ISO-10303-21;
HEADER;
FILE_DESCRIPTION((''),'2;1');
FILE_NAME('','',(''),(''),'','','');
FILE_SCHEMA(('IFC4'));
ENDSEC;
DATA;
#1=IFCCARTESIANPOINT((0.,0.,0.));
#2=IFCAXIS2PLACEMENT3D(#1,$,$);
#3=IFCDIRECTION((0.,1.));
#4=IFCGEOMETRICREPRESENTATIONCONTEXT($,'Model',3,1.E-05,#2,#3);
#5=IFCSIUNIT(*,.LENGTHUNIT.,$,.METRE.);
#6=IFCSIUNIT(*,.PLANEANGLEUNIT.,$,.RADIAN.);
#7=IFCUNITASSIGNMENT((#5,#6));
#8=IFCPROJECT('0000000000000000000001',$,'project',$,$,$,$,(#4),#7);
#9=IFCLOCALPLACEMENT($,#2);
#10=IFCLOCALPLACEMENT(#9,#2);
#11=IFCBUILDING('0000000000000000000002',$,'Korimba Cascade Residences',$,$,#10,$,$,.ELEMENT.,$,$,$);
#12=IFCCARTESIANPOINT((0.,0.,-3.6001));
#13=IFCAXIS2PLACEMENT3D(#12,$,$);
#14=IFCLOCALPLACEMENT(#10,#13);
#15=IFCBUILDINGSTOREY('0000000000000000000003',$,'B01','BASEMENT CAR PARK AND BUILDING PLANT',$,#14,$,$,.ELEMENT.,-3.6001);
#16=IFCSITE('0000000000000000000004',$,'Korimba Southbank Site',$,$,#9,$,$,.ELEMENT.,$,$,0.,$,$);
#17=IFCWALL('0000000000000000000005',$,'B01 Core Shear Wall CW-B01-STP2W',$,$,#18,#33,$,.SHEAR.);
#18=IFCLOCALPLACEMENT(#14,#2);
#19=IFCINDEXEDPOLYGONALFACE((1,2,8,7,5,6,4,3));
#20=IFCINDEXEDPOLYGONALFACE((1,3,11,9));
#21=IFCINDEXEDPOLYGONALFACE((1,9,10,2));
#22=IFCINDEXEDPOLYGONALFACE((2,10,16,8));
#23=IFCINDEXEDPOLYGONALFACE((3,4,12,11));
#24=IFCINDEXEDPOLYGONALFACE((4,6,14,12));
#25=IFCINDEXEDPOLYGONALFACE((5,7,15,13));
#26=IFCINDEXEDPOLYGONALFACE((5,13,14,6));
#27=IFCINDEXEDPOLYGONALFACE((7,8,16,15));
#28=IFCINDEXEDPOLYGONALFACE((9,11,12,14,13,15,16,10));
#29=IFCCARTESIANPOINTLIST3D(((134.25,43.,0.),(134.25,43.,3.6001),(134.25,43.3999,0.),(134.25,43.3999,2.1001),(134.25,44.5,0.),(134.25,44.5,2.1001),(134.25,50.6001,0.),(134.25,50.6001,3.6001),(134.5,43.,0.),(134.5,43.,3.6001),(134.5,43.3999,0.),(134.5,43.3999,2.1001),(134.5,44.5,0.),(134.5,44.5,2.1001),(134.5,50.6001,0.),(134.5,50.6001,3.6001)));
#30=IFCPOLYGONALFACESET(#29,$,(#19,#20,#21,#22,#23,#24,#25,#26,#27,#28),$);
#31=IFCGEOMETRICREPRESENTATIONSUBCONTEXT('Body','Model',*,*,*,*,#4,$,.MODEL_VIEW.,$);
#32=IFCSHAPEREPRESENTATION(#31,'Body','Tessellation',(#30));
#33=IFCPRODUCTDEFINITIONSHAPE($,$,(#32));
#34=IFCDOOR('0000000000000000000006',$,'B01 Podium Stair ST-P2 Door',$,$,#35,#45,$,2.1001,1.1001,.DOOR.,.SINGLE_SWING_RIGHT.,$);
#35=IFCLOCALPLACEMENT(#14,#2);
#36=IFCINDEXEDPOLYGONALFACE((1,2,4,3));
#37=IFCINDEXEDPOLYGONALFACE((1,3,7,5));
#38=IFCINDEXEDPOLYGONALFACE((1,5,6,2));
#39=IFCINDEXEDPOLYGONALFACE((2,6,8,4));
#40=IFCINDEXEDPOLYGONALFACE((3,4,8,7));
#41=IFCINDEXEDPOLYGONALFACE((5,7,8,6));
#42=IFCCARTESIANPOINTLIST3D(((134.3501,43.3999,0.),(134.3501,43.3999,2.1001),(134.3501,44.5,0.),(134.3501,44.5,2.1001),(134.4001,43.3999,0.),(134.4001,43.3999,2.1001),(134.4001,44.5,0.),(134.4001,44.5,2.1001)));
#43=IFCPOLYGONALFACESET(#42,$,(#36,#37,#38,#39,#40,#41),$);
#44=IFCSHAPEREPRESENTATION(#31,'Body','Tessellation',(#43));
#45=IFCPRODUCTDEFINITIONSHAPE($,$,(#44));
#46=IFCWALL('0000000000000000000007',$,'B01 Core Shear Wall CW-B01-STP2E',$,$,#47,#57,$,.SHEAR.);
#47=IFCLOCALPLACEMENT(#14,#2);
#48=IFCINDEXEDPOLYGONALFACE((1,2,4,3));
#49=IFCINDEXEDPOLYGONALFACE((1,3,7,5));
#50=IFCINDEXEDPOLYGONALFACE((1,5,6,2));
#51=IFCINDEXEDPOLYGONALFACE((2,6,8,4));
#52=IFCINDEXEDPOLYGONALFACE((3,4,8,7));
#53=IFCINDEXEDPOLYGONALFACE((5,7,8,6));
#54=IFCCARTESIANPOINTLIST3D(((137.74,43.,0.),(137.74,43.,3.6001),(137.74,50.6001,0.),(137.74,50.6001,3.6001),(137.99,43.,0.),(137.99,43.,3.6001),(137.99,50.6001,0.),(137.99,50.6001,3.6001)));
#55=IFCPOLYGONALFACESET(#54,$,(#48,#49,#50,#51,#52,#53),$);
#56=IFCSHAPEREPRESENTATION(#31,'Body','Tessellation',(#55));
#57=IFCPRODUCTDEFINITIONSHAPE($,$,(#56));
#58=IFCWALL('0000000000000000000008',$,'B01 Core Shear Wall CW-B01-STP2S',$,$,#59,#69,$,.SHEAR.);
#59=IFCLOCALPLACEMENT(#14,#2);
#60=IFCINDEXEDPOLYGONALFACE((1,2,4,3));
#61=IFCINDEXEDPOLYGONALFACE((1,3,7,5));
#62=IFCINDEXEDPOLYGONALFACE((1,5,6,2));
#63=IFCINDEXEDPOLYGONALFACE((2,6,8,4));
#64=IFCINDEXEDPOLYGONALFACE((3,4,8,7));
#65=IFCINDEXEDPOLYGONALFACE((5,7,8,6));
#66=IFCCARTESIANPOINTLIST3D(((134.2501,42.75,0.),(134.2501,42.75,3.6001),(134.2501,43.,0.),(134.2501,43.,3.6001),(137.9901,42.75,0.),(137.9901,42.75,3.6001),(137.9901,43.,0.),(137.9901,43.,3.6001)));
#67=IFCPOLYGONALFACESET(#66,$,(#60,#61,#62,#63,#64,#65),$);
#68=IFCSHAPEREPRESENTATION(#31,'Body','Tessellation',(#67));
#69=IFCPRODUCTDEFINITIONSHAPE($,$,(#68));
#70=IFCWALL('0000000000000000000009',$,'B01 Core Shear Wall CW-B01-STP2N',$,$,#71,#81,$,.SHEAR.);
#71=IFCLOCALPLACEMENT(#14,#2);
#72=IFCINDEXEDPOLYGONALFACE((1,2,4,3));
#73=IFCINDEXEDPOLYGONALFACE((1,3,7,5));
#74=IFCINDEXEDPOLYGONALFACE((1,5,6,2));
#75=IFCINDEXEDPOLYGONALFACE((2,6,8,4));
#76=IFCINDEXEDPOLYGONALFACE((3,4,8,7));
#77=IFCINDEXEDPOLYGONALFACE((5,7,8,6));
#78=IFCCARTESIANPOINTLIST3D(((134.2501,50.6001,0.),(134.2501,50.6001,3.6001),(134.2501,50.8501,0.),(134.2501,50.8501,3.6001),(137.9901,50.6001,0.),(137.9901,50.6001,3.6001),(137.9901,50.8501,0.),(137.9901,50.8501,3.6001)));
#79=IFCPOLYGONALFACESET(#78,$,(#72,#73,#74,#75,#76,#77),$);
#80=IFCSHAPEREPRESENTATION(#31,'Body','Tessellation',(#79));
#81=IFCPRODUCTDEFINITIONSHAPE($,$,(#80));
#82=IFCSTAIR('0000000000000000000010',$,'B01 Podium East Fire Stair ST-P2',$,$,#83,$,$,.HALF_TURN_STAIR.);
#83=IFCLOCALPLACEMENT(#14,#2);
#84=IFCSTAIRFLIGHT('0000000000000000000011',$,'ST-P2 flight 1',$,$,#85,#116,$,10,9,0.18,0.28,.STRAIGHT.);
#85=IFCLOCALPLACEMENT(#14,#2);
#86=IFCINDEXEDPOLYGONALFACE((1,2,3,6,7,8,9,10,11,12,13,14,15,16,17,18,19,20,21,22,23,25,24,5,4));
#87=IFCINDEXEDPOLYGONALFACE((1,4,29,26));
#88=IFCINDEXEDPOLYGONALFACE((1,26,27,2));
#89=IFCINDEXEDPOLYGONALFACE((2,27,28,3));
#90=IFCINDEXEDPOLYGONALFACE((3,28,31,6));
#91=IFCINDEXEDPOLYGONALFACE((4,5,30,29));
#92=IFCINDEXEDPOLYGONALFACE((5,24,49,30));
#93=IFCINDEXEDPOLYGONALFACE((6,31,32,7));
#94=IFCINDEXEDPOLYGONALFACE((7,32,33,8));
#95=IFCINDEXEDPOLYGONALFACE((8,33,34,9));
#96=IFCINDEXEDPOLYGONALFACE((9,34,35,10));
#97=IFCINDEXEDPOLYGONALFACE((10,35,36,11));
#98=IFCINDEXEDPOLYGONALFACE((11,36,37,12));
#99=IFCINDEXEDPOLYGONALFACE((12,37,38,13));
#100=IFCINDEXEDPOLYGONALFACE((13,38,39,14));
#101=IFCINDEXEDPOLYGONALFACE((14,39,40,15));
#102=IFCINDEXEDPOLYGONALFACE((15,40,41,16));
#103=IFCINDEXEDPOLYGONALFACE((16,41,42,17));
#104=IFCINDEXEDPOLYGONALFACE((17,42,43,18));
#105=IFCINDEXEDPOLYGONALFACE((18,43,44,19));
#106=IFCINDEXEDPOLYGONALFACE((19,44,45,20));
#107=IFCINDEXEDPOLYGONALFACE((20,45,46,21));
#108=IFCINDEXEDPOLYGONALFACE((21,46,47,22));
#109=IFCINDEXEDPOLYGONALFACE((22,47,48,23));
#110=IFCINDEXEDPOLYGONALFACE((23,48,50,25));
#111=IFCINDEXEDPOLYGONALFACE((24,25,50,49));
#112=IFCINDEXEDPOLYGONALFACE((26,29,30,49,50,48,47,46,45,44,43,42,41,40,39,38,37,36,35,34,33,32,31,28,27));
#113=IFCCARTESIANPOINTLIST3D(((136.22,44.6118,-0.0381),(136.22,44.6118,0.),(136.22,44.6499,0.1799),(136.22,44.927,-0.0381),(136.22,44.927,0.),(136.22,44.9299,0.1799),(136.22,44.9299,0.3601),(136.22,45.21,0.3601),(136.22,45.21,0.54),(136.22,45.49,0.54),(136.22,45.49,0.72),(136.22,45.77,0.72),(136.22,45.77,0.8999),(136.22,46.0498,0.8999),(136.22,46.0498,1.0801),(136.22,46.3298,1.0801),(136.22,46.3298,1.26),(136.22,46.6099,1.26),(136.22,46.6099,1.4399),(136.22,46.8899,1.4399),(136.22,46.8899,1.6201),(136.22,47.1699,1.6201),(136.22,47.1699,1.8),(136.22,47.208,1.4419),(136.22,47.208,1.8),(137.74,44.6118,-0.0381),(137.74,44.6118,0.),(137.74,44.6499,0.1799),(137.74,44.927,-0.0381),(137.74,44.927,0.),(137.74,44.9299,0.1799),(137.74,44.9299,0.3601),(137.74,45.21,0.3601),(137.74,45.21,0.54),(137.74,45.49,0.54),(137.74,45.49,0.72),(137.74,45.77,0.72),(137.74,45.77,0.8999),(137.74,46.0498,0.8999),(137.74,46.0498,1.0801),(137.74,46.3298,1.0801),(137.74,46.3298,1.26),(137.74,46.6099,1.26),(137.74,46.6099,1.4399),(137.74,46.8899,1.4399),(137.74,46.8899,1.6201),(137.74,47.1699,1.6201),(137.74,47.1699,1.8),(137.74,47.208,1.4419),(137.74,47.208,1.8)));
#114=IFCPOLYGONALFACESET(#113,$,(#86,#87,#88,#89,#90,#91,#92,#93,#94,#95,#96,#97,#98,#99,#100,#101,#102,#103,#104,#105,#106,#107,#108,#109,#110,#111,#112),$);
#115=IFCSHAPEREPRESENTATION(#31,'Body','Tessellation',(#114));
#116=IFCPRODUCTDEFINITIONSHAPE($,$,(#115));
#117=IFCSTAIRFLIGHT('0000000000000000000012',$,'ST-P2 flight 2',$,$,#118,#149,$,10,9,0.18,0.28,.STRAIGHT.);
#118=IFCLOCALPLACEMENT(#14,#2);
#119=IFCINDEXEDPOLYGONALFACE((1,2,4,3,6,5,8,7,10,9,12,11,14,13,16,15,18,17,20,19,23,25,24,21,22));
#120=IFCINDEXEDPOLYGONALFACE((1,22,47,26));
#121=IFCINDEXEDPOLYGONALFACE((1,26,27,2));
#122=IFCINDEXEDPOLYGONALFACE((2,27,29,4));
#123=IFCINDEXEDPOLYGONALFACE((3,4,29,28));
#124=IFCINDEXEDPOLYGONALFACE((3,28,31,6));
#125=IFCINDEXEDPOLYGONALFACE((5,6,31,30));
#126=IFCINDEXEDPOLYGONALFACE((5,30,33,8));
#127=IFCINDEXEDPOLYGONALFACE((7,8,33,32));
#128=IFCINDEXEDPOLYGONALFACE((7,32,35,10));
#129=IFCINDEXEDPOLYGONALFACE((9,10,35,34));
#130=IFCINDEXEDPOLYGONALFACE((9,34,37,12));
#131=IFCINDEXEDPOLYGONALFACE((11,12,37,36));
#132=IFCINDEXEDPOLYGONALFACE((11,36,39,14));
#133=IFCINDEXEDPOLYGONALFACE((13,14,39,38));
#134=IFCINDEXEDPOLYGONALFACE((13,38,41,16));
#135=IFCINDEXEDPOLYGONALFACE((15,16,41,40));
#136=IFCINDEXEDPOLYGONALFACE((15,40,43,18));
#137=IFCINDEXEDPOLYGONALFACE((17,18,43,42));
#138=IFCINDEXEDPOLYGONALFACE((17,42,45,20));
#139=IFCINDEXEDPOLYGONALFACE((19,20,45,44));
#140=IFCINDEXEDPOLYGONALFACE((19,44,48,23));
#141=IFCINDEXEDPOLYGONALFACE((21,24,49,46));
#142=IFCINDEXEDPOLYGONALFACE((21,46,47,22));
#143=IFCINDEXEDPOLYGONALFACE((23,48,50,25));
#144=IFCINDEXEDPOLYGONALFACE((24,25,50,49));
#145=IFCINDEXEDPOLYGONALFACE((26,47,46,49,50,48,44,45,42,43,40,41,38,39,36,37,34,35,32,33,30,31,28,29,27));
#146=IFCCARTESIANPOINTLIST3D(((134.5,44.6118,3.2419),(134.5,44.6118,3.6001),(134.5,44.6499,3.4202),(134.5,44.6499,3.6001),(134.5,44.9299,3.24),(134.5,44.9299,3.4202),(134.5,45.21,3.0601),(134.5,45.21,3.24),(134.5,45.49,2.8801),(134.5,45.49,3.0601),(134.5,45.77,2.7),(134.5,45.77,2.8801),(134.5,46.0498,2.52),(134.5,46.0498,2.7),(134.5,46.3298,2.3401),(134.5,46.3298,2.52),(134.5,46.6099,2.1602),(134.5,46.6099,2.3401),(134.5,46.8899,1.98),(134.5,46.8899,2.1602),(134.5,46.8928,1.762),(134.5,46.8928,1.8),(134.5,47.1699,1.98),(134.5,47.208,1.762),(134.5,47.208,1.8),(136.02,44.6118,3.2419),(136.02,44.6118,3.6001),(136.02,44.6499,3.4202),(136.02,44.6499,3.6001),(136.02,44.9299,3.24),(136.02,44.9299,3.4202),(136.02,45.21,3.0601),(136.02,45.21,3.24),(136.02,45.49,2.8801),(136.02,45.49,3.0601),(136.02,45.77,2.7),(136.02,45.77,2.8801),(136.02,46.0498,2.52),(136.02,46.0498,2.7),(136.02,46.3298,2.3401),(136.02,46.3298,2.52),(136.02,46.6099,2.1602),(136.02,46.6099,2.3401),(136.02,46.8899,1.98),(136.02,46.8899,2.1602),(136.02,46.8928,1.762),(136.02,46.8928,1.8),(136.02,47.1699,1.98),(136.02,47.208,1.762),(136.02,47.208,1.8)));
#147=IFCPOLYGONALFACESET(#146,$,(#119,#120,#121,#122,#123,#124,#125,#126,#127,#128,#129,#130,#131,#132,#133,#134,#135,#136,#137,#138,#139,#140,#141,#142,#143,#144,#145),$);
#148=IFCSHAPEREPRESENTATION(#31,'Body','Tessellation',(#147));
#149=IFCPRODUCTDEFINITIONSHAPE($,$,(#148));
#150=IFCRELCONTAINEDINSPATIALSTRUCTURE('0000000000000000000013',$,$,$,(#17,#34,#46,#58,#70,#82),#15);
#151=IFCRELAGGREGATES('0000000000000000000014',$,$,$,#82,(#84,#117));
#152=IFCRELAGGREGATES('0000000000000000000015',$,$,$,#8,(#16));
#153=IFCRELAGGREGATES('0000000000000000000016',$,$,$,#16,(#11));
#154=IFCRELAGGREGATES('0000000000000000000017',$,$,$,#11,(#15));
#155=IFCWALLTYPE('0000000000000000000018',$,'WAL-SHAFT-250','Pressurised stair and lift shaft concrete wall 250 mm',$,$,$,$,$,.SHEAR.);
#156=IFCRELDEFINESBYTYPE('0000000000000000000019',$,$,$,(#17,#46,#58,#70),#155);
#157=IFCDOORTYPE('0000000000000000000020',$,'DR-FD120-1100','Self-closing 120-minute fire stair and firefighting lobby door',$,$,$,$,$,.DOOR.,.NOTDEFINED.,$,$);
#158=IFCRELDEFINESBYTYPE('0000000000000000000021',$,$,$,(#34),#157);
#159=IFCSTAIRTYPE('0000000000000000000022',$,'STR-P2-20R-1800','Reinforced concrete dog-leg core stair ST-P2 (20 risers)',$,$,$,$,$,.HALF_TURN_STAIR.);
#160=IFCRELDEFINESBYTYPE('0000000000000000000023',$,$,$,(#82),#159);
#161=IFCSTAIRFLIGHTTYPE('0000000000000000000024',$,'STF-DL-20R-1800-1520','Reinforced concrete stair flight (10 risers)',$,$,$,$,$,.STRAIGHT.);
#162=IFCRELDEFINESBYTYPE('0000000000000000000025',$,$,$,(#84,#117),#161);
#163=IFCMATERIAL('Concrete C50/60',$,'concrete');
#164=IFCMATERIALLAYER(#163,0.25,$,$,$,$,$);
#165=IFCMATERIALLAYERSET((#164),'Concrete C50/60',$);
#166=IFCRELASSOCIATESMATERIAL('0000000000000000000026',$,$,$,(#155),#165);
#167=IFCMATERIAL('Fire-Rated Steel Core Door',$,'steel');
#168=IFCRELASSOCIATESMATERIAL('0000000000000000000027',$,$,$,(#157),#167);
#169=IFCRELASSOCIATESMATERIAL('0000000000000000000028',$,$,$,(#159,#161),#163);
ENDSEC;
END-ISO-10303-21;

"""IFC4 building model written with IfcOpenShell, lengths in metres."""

from ifc_helpers import new_model, si_unit, direction, frame, frame_2d, origin, place, context, subcontext, project, spatial, polyline, rectangle, outline, extrude, material, layer, layer_set, type_object, element, fill, aggregate, save


model = new_model("IFC4")

# Units and contexts
model_context = context("Model", 3, precision=1e-05, world=origin(), true_north=direction((0.0, 1.0)))
body_context = subcontext(model_context, "Body", "Model", "MODEL_VIEW")
ifc_project = project(units=[si_unit("LENGTHUNIT", "METRE"), si_unit("PLANEANGLEUNIT", "RADIAN")], contexts=[model_context])

# Site, building, storey
site_placement = place(None, origin())
site = spatial("IfcSite", under=ifc_project, at=site_placement, Name="Korimba Southbank Site", CompositionType="ELEMENT", RefElevation=0.0)
building_placement = place(site_placement, origin())
building = spatial("IfcBuilding", under=site, at=building_placement, Name="Korimba Cascade Residences", CompositionType="ELEMENT")
storey_placement = place(building_placement, frame((0.0, 0.0, -3.6001)))
storey = spatial("IfcBuildingStorey", under=building, at=storey_placement, Name="B01", Description="BASEMENT CAR PARK AND BUILDING PLANT", CompositionType="ELEMENT", Elevation=-3.6001)

# Shared definitions
ifc_material_1 = material(Name="Concrete C50/60", Category="concrete")

# Wall, opening, door
ifc_layer_1 = layer(ifc_material_1, 0.25)
ifc_layer_set_1 = layer_set([ifc_layer_1], Name="Concrete C50/60")
wall_type_1 = type_object("IfcWallType", Name="WAL-SHAFT-250", Description="Pressurised stair and lift shaft concrete wall 250 mm", PredefinedType="SHEAR", material=ifc_layer_set_1)
wall_1_placement = place(storey_placement, frame((134.375, 43.0, 0.0), z_axis=(0.0, 0.0, 1.0), x_axis=(0.0, 1.0, 0.0)))
wall_1 = element("IfcWall", 1, at=wall_1_placement, inside=storey, type_object=wall_type_1, Name="B01 Core Shear Wall CW-B01-STP2W", PredefinedType="SHEAR", context=body_context, shape_type="SweptSolid", body=[
    extrude(rectangle(XDim=7.6001, YDim=0.25, at=frame_2d((3.8, 0.0))), origin(), (0.0, 0.0, 1.0), 3.6001),
])
opening_1_placement = place(wall_1_placement, frame((0.3999, 0.0, 0.0)))
opening_1 = element("IfcOpeningElement", 2, at=opening_1_placement, cuts=wall_1, PredefinedType="OPENING", context=body_context, shape_type="SweptSolid", body=[
    extrude(rectangle(XDim=1.1001, YDim=2.1001, at=frame_2d((0.55, 1.05))), frame((0.0, 0.135, 0.0), z_axis=(0.0, -1.0, 0.0), x_axis=(1.0, 0.0, 0.0)), (0.0, 0.0, 1.0), 0.27),
])
ifc_material_2 = material(Name="Fire-Rated Steel Core Door", Category="steel")
door_type_1 = type_object("IfcDoorType", Name="DR-FD120-1100", Description="Self-closing 120-minute fire stair and firefighting lobby door", OperationType="NOTDEFINED", PredefinedType="DOOR", material=ifc_material_2)
door_1_placement = place(opening_1_placement, origin())
door_1 = element("IfcDoor", 3, at=door_1_placement, inside=storey, type_object=door_type_1, Name="B01 Podium Stair ST-P2 Door", OperationType="SINGLE_SWING_RIGHT", OverallHeight=2.1001, OverallWidth=1.1001, PredefinedType="DOOR", context=body_context, shape_type="SweptSolid", body=[
    extrude(rectangle(XDim=1.1001, YDim=2.1001, at=frame_2d((0.55, 1.05))), frame((0.0, 0.0249, 0.0), z_axis=(0.0, -1.0, 0.0), x_axis=(1.0, 0.0, 0.0)), (0.0, 0.0, 1.0), 0.05),
])
fill(opening_1, door_1)

# Walls
wall_2_placement = place(storey_placement, frame((137.865, 43.0, 0.0), z_axis=(0.0, 0.0, 1.0), x_axis=(0.0, 1.0, 0.0)))
element("IfcWall", 4, at=wall_2_placement, inside=storey, type_object=wall_type_1, Name="B01 Core Shear Wall CW-B01-STP2E", PredefinedType="SHEAR", context=body_context, shape_type="SweptSolid", body=[
    extrude(rectangle(XDim=7.6001, YDim=0.25, at=frame_2d((3.8, 0.0))), origin(), (0.0, 0.0, 1.0), 3.6001),
])
for number, where, z_axis, x_axis, name in (
    (5, (134.25, 42.875, 0.0), (0.0, 0.0, 1.0), (1.0, 0.0, 0.0), "B01 Core Shear Wall CW-B01-STP2S"),
    (6, (134.25, 50.7251, 0.0), (0.0, 0.0, 1.0), (1.0, 0.0, 0.0), "B01 Core Shear Wall CW-B01-STP2N"),
):
    element("IfcWall", number, at=place(storey_placement, frame(where, z_axis=z_axis, x_axis=x_axis)), inside=storey, type_object=wall_type_1, Name=name, PredefinedType="SHEAR", context=body_context, shape_type="SweptSolid", body=[
        extrude(rectangle(XDim=3.74, YDim=0.25, at=frame_2d((1.8701, 0.0))), origin(), (0.0, 0.0, 1.0), 3.6001),
    ])

# Stair, stair flights
stair_type = type_object("IfcStairType", Name="STR-P2-20R-1800", Description="Reinforced concrete dog-leg core stair ST-P2 (20 risers)", PredefinedType="HALF_TURN_STAIR", material=ifc_material_1)
stair_placement = place(storey_placement, origin())
stair = element("IfcStair", 7, at=stair_placement, inside=storey, type_object=stair_type, Name="B01 Podium East Fire Stair ST-P2", PredefinedType="HALF_TURN_STAIR")
stair_flight_type = type_object("IfcStairFlightType", Name="STF-DL-20R-1800-1520", Description="Reinforced concrete stair flight (10 risers)", PredefinedType="STRAIGHT", material=ifc_material_1)
stair_flight_1_placement = place(storey_placement, frame((136.98, 44.6499, 0.0), z_axis=(0.0, 0.0, 1.0), x_axis=(0.0, 1.0, 0.0)))
stair_flight_1 = element("IfcStairFlight", 8, at=stair_flight_1_placement, type_object=stair_flight_type, Name="ST-P2 flight 1", NumberOfRisers=10, NumberOfTreads=9, PredefinedType="STRAIGHT", RiserHeight=0.18, TreadLength=0.28, context=body_context, shape_type="SweptSolid", body=[
    extrude(outline(polyline([(-0.0381, 0.0), (0.0, 0.1799), (0.28, 0.1799), (0.28, 0.3601), (0.5601, 0.3601), (0.5601, 0.54), (0.8401, 0.54), (0.8401, 0.72), (1.1201, 0.72), (1.1201, 0.8999), (1.3999, 0.8999), (1.3999, 1.0801), (1.6799, 1.0801), (1.6799, 1.26), (1.96, 1.26), (1.96, 1.4399), (2.24, 1.4399), (2.24, 1.6201), (2.52, 1.6201), (2.52, 1.8), (2.5581, 1.8), (2.5581, 1.4419), (0.2771, 0.0), (0.2771, -0.0381), (-0.0381, -0.0381), (-0.0381, 0.0)])), frame((0.0, 0.76, 0.0), z_axis=(0.0, -1.0, 0.0), x_axis=(1.0, 0.0, 0.0)), (0.0, 0.0, 1.0), 1.52),
])
stair_flight_2_placement = place(storey_placement, frame((135.26, 47.1699, 1.8), z_axis=(0.0, 0.0, 1.0), x_axis=(0.0, -1.0, 0.0)))
stair_flight_2 = element("IfcStairFlight", 9, at=stair_flight_2_placement, type_object=stair_flight_type, Name="ST-P2 flight 2", NumberOfRisers=10, NumberOfTreads=9, PredefinedType="STRAIGHT", RiserHeight=0.18, TreadLength=0.28, context=body_context, shape_type="SweptSolid", body=[
    extrude(outline(polyline([(-0.0381, 0.0), (0.0, 0.1799), (0.28, 0.1799), (0.28, 0.3601), (0.5601, 0.3601), (0.5601, 0.54), (0.8401, 0.54), (0.8401, 0.72), (1.1201, 0.72), (1.1201, 0.8999), (1.3999, 0.8999), (1.3999, 1.0801), (1.6799, 1.0801), (1.6799, 1.26), (1.96, 1.26), (1.96, 1.4399), (2.24, 1.4399), (2.24, 1.6201), (2.52, 1.6201), (2.52, 1.8), (2.5581, 1.8), (2.5581, 1.4419), (0.2771, 0.0), (0.2771, -0.0381), (-0.0381, -0.0381), (-0.0381, 0.0)])), frame((0.0, 0.76, 0.0), z_axis=(0.0, -1.0, 0.0), x_axis=(1.0, 0.0, 0.0)), (0.0, 0.0, 1.0), 1.52),
])
aggregate(stair, [stair_flight_1, stair_flight_2])

save(model, "model.ifc")
